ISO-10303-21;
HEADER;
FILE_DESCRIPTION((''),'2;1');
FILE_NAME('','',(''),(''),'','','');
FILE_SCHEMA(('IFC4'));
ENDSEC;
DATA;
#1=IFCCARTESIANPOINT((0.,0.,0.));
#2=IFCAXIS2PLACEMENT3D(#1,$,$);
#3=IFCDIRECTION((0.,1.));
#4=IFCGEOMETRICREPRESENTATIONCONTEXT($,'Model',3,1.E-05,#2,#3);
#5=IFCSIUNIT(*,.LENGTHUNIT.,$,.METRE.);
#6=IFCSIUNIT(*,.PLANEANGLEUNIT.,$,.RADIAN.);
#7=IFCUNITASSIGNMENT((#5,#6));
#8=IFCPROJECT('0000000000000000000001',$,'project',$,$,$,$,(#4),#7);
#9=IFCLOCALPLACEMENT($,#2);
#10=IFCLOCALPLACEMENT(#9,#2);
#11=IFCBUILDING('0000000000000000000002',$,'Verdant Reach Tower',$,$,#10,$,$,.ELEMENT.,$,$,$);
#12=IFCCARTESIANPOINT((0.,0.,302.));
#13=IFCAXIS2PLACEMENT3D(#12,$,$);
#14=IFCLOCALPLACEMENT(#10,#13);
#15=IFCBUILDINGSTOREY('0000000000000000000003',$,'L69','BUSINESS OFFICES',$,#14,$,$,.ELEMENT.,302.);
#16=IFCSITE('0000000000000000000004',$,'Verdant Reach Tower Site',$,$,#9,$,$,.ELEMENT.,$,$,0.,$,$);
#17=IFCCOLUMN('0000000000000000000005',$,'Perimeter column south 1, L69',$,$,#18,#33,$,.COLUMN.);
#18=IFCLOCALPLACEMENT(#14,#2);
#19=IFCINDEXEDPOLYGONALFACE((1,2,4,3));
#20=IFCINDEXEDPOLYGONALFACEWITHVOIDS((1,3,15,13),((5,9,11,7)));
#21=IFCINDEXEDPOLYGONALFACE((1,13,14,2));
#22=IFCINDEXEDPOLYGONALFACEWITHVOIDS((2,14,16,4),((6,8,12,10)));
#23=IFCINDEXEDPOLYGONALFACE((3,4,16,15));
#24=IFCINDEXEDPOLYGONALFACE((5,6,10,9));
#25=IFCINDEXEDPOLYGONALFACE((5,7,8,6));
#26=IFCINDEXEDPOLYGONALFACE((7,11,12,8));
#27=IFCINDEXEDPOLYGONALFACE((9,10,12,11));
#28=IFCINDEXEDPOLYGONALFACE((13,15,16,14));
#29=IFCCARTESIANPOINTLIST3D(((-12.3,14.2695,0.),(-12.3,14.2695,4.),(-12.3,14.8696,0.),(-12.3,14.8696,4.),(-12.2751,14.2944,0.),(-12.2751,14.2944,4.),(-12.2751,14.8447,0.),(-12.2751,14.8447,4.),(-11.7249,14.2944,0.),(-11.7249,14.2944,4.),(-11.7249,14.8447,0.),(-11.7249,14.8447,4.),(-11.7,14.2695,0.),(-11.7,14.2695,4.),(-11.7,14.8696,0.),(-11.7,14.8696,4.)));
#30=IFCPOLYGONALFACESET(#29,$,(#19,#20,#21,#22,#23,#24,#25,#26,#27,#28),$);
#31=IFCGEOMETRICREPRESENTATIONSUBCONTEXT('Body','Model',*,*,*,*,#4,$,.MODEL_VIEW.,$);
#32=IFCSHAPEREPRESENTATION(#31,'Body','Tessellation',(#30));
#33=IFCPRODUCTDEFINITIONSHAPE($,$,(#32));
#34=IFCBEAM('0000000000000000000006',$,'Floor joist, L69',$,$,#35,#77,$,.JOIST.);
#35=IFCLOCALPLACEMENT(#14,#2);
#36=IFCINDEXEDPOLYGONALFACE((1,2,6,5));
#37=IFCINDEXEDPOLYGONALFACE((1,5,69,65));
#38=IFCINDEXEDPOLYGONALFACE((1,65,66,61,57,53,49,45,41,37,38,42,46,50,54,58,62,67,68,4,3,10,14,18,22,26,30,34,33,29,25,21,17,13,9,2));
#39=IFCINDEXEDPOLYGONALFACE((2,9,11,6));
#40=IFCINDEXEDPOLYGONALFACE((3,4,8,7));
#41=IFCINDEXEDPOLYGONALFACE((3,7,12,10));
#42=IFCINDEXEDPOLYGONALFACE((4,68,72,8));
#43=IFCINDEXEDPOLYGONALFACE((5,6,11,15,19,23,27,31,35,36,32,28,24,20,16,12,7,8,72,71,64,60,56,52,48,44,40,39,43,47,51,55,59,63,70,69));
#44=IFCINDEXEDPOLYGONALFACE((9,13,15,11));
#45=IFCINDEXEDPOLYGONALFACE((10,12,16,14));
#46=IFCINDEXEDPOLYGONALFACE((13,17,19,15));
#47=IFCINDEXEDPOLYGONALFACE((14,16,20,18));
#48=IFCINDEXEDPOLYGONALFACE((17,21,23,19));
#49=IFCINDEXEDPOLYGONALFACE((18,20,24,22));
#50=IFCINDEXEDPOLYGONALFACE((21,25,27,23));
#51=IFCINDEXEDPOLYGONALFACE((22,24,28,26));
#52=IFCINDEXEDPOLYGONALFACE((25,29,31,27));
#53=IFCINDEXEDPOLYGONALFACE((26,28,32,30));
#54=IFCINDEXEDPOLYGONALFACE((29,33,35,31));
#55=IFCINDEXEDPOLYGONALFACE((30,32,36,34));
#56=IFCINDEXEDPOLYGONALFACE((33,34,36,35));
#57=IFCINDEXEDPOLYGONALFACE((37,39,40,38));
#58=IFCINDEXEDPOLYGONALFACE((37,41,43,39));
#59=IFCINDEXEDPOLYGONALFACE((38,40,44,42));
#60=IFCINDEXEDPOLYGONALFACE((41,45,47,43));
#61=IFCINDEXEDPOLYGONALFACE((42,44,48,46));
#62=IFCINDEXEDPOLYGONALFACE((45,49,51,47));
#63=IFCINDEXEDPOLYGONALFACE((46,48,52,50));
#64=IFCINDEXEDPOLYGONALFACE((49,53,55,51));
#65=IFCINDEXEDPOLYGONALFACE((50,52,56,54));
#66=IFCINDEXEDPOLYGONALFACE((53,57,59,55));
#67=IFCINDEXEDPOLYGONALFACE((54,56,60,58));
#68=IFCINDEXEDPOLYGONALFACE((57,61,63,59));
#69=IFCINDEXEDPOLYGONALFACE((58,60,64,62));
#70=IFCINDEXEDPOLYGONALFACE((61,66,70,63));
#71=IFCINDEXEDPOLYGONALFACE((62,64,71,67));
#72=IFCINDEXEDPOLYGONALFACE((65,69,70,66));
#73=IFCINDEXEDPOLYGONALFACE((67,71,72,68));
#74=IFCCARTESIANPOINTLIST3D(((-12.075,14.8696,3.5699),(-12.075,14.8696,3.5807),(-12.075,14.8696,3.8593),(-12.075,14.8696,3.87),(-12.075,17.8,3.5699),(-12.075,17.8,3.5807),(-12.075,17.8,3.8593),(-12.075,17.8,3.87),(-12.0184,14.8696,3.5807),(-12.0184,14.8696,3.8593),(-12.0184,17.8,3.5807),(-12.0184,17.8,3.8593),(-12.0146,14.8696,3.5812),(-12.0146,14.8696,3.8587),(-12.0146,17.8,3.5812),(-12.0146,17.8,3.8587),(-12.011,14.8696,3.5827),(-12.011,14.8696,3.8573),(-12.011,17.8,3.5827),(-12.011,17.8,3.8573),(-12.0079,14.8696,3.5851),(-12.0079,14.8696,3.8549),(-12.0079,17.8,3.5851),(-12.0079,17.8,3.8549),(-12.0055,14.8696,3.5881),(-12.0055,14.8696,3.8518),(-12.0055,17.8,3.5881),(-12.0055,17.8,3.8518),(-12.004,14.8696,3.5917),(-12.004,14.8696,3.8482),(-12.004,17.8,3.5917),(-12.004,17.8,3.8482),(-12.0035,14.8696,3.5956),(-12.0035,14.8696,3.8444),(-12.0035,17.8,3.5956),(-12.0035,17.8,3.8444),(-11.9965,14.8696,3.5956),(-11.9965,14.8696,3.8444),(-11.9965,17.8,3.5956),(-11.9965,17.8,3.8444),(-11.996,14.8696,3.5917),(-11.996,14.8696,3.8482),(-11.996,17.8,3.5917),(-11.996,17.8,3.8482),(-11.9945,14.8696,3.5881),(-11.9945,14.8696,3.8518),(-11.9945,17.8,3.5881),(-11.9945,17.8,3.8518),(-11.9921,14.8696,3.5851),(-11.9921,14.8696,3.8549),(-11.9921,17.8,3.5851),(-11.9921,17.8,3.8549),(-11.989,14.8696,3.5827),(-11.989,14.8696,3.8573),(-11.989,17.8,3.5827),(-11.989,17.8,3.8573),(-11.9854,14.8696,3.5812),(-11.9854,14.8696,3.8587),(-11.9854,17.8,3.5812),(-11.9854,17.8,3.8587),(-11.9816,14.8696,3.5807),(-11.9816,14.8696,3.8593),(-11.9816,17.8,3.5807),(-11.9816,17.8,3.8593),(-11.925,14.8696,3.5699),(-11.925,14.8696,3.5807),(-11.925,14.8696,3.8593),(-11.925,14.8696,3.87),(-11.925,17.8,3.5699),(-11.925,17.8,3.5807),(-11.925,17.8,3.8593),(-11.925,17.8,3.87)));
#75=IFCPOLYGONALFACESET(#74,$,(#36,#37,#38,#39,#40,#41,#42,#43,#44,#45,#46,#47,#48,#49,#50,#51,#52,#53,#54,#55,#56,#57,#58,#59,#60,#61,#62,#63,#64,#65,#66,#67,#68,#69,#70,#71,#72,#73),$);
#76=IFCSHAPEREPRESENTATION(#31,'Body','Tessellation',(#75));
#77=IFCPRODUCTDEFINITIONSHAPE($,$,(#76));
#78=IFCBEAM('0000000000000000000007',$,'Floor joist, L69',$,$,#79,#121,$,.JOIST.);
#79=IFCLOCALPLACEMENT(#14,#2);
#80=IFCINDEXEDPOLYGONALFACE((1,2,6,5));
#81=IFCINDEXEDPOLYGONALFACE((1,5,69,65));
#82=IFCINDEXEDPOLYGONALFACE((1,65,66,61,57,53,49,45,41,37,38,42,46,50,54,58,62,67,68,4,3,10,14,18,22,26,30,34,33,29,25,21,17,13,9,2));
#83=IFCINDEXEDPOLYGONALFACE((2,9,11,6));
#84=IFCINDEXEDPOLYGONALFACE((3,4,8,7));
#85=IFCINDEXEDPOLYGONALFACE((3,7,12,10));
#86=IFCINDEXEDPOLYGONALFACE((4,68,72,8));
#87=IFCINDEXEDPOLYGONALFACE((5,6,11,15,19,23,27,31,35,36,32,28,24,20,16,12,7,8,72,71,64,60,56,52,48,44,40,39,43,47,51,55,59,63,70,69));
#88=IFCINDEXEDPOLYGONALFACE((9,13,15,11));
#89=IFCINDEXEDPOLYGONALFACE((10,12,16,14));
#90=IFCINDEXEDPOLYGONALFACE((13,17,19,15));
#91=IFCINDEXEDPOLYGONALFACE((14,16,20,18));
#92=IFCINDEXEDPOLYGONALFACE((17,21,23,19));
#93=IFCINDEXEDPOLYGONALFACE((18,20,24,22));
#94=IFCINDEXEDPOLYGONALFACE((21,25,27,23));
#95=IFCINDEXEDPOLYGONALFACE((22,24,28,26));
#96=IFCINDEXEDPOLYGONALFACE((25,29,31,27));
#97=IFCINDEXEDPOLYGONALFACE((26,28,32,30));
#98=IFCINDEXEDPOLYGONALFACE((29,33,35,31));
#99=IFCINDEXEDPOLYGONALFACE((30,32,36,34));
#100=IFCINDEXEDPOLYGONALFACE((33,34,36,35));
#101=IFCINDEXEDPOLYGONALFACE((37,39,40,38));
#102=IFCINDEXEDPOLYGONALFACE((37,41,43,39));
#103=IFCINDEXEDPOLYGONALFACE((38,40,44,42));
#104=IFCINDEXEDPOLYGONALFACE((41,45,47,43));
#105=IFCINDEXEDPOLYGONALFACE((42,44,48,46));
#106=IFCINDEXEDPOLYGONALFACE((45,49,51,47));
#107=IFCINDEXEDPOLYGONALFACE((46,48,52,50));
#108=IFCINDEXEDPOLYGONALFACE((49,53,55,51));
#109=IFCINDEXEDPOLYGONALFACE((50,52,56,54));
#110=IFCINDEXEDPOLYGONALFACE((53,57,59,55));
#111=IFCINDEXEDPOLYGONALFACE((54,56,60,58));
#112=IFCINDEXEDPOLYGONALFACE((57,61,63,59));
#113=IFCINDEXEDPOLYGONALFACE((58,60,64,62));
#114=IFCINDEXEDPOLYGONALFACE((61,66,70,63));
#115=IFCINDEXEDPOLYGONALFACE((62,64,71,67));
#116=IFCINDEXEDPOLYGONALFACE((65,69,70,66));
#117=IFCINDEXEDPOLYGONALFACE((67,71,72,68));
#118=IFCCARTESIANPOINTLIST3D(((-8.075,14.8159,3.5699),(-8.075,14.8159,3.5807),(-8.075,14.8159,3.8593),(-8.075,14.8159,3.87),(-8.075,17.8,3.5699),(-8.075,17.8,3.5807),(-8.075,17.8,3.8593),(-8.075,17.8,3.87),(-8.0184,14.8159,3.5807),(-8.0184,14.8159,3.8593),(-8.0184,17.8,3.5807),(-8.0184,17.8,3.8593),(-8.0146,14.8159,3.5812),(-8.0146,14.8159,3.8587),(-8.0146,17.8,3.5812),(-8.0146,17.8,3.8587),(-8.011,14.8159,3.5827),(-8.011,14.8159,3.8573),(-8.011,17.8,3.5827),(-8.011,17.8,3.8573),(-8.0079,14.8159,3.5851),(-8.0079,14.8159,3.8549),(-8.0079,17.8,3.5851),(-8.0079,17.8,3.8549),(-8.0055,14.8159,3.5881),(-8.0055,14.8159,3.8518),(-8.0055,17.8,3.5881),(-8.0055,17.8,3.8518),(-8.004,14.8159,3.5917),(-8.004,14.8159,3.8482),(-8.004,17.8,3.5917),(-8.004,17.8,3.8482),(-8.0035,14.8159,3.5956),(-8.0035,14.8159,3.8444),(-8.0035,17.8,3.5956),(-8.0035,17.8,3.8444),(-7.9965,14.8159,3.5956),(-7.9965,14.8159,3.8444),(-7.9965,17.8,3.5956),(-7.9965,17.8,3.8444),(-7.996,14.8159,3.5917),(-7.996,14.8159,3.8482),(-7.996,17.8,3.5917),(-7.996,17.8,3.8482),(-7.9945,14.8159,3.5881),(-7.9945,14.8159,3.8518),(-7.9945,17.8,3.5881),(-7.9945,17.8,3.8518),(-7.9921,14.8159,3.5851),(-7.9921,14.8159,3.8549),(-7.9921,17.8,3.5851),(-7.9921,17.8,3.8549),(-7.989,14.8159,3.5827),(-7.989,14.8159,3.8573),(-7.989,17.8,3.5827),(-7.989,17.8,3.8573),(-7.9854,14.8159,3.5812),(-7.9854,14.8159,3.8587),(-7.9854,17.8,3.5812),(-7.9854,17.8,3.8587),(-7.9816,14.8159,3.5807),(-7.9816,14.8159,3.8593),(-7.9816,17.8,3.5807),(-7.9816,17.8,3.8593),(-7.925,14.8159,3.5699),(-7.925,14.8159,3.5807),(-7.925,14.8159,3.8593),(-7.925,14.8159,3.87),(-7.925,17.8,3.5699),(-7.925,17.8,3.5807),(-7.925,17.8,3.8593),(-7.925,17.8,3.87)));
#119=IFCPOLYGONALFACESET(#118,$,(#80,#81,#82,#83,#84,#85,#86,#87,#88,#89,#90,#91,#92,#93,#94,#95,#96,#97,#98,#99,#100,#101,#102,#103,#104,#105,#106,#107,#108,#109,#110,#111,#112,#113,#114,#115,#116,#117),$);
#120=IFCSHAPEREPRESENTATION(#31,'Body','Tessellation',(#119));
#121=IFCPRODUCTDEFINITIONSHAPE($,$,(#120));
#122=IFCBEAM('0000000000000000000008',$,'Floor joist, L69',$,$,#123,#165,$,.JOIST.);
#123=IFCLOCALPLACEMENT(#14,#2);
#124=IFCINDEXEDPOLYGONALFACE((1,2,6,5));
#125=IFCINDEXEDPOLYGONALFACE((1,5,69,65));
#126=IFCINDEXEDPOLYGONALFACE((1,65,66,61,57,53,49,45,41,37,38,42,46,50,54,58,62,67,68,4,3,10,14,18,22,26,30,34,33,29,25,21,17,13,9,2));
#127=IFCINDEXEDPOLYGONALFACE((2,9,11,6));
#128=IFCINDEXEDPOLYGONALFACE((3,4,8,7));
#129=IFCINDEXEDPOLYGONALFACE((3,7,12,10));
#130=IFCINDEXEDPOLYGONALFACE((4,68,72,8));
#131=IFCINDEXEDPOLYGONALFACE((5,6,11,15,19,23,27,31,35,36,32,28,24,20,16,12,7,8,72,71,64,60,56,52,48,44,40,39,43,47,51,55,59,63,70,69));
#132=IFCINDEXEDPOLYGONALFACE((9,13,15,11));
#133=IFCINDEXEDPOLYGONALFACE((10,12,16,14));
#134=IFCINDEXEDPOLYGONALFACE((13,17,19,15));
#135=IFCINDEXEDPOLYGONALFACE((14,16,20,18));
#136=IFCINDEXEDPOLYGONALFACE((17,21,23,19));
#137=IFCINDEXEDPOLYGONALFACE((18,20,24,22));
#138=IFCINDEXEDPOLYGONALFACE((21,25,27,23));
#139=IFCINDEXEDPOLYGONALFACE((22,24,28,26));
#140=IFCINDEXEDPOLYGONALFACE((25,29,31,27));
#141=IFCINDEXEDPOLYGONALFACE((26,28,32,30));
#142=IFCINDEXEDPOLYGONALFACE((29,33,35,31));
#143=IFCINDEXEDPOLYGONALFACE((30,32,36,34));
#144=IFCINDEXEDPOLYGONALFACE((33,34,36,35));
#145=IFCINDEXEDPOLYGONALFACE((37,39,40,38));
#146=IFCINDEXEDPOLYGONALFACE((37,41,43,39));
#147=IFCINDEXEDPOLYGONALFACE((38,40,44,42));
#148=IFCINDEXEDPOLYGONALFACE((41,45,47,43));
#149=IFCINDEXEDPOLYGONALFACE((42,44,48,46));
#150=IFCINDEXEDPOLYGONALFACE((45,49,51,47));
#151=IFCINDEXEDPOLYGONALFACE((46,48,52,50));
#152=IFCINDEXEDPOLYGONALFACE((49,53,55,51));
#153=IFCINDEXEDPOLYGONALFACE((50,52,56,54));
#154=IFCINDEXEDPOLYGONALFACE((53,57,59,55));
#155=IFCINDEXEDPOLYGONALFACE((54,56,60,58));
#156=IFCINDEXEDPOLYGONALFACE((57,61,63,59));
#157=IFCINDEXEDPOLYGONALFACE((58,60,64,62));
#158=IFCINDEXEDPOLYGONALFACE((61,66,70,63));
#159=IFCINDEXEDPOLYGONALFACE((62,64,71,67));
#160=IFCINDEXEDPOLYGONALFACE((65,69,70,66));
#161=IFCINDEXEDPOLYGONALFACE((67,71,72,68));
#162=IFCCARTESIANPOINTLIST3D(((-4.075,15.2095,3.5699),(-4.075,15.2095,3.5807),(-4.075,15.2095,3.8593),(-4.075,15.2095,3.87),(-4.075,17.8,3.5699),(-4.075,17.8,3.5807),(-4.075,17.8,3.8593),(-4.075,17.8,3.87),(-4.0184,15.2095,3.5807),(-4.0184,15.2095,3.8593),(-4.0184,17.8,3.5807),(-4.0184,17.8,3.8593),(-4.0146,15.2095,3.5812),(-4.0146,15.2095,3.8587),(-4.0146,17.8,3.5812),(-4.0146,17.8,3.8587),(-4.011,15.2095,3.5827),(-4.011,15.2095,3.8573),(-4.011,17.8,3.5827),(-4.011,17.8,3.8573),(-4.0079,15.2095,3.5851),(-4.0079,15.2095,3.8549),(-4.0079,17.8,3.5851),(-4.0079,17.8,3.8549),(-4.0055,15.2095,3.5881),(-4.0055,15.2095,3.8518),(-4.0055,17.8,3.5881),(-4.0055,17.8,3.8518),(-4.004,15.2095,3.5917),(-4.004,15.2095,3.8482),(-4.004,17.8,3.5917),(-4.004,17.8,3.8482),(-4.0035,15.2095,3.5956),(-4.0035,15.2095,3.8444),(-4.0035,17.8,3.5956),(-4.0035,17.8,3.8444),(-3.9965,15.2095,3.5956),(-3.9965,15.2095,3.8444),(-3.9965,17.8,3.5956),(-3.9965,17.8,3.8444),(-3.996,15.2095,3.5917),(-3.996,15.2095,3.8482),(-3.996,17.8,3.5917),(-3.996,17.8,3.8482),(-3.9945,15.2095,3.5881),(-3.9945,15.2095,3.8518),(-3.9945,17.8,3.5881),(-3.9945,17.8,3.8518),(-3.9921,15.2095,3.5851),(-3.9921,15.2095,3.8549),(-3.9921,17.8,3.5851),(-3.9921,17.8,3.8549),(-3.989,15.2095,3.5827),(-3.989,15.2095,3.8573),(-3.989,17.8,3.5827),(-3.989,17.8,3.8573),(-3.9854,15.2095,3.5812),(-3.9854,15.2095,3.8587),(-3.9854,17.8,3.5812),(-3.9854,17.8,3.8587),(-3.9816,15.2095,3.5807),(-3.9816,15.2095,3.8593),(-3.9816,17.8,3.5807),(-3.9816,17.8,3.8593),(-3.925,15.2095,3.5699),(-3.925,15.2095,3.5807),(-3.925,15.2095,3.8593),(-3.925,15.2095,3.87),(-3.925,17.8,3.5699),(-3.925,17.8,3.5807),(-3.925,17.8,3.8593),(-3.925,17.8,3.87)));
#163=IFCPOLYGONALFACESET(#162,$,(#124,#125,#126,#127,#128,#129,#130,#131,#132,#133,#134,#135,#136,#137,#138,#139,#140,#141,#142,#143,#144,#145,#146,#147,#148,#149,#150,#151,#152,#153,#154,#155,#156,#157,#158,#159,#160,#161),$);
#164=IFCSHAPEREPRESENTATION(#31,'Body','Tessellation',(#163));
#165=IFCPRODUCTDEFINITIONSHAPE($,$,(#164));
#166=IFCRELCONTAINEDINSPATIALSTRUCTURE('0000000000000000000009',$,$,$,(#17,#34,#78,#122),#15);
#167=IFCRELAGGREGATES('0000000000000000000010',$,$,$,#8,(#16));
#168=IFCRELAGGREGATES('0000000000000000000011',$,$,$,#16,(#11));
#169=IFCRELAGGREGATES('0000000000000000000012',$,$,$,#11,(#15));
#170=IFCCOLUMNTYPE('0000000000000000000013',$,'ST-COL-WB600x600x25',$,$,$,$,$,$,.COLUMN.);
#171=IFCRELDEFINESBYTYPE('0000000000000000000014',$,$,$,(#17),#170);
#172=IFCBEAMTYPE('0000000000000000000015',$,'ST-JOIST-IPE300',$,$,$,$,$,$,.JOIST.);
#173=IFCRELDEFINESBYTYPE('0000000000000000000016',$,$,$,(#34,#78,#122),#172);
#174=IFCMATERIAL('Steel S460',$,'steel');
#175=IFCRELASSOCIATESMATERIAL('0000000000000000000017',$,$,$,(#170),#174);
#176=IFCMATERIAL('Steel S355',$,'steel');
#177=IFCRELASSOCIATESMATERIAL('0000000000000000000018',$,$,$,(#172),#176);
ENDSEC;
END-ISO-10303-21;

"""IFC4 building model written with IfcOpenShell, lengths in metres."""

from ifc_helpers import new_model, si_unit, direction, frame, origin, origin_2d, place, context, subcontext, project, spatial, hollow_rectangle, i_section, extrude, material, material_profile, profile_set, type_object, element, save


model = new_model("IFC4")

# Units and contexts
model_context = context("Model", 3, precision=1e-05, world=origin(), true_north=direction((0.0, 1.0)))
body_context = subcontext(model_context, "Body", "Model", "MODEL_VIEW")
ifc_project = project(units=[si_unit("LENGTHUNIT", "METRE"), si_unit("PLANEANGLEUNIT", "RADIAN")], contexts=[model_context])

# Site, building, storey
site_placement = place(None, origin())
site = spatial("IfcSite", under=ifc_project, at=site_placement, Name="Verdant Reach Tower Site", CompositionType="ELEMENT", RefElevation=0.0)
building_placement = place(site_placement, origin())
building = spatial("IfcBuilding", under=site, at=building_placement, Name="Verdant Reach Tower", CompositionType="ELEMENT")
storey_placement = place(building_placement, frame((0.0, 0.0, 302.0)))
storey = spatial("IfcBuildingStorey", under=building, at=storey_placement, Name="L69", Description="BUSINESS OFFICES", CompositionType="ELEMENT", Elevation=302.0)

# Column
ifc_material_1 = material(Name="Steel S460", Category="steel")
ifc_material_profile_1 = material_profile(ifc_material_1, hollow_rectangle(XDim=0.6001, YDim=0.6001, WallThickness=0.0249, at=origin_2d()), Name="WB 600x600x25")
ifc_profile_set_1 = profile_set([ifc_material_profile_1], Name="Steel S460")
column_type = type_object("IfcColumnType", Name="ST-COL-WB600x600x25", PredefinedType="COLUMN", material=ifc_profile_set_1)
column_placement = place(storey_placement, frame((-12.0, 14.5696, 0.0), z_axis=(0.0, 0.0, 1.0), x_axis=(1.0, 0.0, 0.0)))
element("IfcColumn", 1, at=column_placement, inside=storey, type_object=column_type, Name="Perimeter column south 1, L69", PredefinedType="COLUMN", context=body_context, shape_type="SweptSolid", body=[
    extrude(hollow_rectangle(XDim=0.6001, YDim=0.6001, WallThickness=0.0249, at=origin_2d()), origin(), (0.0, 0.0, 1.0), 4.0),
])

# Beams
ifc_material_2 = material(Name="Steel S355", Category="steel")
ifc_material_profile_2 = material_profile(ifc_material_2, i_section(OverallWidth=0.1499, OverallDepth=0.3, WebThickness=0.0071, FlangeThickness=0.0107, FilletRadius=0.0149, at=origin_2d()), Name="IPE 300")
ifc_profile_set_2 = profile_set([ifc_material_profile_2], Name="Steel S355")
beam_type = type_object("IfcBeamType", Name="ST-JOIST-IPE300", PredefinedType="JOIST", material=ifc_profile_set_2)
beam_1_placement = place(storey_placement, frame((-12.0, 17.8, 3.72), z_axis=(0.0, -1.0, 0.0), x_axis=(1.0, 0.0, 0.0)))
element("IfcBeam", 2, at=beam_1_placement, inside=storey, type_object=beam_type, Name="Floor joist, L69", PredefinedType="JOIST", context=body_context, shape_type="SweptSolid", body=[
    extrude(i_section(OverallWidth=0.1499, OverallDepth=0.3, WebThickness=0.0071, FlangeThickness=0.0107, FilletRadius=0.0149, at=origin_2d()), origin(), (0.0, 0.0, 1.0), 2.9304),
])
beam_2_placement = place(storey_placement, frame((-8.0, 17.8, 3.72), z_axis=(0.0, -1.0, 0.0), x_axis=(1.0, 0.0, 0.0)))
element("IfcBeam", 3, at=beam_2_placement, inside=storey, type_object=beam_type, Name="Floor joist, L69", PredefinedType="JOIST", context=body_context, shape_type="SweptSolid", body=[
    extrude(i_section(OverallWidth=0.1499, OverallDepth=0.3, WebThickness=0.0071, FlangeThickness=0.0107, FilletRadius=0.0149, at=origin_2d()), origin(), (0.0, 0.0, 1.0), 2.9841),
])
beam_3_placement = place(storey_placement, frame((-4.0, 17.8, 3.72), z_axis=(0.0, -1.0, 0.0), x_axis=(1.0, 0.0, 0.0)))
element("IfcBeam", 4, at=beam_3_placement, inside=storey, type_object=beam_type, Name="Floor joist, L69", PredefinedType="JOIST", context=body_context, shape_type="SweptSolid", body=[
    extrude(i_section(OverallWidth=0.1499, OverallDepth=0.3, WebThickness=0.0071, FlangeThickness=0.0107, FilletRadius=0.0149, at=origin_2d()), origin(), (0.0, 0.0, 1.0), 2.5906),
])

save(model, "model.ifc")
